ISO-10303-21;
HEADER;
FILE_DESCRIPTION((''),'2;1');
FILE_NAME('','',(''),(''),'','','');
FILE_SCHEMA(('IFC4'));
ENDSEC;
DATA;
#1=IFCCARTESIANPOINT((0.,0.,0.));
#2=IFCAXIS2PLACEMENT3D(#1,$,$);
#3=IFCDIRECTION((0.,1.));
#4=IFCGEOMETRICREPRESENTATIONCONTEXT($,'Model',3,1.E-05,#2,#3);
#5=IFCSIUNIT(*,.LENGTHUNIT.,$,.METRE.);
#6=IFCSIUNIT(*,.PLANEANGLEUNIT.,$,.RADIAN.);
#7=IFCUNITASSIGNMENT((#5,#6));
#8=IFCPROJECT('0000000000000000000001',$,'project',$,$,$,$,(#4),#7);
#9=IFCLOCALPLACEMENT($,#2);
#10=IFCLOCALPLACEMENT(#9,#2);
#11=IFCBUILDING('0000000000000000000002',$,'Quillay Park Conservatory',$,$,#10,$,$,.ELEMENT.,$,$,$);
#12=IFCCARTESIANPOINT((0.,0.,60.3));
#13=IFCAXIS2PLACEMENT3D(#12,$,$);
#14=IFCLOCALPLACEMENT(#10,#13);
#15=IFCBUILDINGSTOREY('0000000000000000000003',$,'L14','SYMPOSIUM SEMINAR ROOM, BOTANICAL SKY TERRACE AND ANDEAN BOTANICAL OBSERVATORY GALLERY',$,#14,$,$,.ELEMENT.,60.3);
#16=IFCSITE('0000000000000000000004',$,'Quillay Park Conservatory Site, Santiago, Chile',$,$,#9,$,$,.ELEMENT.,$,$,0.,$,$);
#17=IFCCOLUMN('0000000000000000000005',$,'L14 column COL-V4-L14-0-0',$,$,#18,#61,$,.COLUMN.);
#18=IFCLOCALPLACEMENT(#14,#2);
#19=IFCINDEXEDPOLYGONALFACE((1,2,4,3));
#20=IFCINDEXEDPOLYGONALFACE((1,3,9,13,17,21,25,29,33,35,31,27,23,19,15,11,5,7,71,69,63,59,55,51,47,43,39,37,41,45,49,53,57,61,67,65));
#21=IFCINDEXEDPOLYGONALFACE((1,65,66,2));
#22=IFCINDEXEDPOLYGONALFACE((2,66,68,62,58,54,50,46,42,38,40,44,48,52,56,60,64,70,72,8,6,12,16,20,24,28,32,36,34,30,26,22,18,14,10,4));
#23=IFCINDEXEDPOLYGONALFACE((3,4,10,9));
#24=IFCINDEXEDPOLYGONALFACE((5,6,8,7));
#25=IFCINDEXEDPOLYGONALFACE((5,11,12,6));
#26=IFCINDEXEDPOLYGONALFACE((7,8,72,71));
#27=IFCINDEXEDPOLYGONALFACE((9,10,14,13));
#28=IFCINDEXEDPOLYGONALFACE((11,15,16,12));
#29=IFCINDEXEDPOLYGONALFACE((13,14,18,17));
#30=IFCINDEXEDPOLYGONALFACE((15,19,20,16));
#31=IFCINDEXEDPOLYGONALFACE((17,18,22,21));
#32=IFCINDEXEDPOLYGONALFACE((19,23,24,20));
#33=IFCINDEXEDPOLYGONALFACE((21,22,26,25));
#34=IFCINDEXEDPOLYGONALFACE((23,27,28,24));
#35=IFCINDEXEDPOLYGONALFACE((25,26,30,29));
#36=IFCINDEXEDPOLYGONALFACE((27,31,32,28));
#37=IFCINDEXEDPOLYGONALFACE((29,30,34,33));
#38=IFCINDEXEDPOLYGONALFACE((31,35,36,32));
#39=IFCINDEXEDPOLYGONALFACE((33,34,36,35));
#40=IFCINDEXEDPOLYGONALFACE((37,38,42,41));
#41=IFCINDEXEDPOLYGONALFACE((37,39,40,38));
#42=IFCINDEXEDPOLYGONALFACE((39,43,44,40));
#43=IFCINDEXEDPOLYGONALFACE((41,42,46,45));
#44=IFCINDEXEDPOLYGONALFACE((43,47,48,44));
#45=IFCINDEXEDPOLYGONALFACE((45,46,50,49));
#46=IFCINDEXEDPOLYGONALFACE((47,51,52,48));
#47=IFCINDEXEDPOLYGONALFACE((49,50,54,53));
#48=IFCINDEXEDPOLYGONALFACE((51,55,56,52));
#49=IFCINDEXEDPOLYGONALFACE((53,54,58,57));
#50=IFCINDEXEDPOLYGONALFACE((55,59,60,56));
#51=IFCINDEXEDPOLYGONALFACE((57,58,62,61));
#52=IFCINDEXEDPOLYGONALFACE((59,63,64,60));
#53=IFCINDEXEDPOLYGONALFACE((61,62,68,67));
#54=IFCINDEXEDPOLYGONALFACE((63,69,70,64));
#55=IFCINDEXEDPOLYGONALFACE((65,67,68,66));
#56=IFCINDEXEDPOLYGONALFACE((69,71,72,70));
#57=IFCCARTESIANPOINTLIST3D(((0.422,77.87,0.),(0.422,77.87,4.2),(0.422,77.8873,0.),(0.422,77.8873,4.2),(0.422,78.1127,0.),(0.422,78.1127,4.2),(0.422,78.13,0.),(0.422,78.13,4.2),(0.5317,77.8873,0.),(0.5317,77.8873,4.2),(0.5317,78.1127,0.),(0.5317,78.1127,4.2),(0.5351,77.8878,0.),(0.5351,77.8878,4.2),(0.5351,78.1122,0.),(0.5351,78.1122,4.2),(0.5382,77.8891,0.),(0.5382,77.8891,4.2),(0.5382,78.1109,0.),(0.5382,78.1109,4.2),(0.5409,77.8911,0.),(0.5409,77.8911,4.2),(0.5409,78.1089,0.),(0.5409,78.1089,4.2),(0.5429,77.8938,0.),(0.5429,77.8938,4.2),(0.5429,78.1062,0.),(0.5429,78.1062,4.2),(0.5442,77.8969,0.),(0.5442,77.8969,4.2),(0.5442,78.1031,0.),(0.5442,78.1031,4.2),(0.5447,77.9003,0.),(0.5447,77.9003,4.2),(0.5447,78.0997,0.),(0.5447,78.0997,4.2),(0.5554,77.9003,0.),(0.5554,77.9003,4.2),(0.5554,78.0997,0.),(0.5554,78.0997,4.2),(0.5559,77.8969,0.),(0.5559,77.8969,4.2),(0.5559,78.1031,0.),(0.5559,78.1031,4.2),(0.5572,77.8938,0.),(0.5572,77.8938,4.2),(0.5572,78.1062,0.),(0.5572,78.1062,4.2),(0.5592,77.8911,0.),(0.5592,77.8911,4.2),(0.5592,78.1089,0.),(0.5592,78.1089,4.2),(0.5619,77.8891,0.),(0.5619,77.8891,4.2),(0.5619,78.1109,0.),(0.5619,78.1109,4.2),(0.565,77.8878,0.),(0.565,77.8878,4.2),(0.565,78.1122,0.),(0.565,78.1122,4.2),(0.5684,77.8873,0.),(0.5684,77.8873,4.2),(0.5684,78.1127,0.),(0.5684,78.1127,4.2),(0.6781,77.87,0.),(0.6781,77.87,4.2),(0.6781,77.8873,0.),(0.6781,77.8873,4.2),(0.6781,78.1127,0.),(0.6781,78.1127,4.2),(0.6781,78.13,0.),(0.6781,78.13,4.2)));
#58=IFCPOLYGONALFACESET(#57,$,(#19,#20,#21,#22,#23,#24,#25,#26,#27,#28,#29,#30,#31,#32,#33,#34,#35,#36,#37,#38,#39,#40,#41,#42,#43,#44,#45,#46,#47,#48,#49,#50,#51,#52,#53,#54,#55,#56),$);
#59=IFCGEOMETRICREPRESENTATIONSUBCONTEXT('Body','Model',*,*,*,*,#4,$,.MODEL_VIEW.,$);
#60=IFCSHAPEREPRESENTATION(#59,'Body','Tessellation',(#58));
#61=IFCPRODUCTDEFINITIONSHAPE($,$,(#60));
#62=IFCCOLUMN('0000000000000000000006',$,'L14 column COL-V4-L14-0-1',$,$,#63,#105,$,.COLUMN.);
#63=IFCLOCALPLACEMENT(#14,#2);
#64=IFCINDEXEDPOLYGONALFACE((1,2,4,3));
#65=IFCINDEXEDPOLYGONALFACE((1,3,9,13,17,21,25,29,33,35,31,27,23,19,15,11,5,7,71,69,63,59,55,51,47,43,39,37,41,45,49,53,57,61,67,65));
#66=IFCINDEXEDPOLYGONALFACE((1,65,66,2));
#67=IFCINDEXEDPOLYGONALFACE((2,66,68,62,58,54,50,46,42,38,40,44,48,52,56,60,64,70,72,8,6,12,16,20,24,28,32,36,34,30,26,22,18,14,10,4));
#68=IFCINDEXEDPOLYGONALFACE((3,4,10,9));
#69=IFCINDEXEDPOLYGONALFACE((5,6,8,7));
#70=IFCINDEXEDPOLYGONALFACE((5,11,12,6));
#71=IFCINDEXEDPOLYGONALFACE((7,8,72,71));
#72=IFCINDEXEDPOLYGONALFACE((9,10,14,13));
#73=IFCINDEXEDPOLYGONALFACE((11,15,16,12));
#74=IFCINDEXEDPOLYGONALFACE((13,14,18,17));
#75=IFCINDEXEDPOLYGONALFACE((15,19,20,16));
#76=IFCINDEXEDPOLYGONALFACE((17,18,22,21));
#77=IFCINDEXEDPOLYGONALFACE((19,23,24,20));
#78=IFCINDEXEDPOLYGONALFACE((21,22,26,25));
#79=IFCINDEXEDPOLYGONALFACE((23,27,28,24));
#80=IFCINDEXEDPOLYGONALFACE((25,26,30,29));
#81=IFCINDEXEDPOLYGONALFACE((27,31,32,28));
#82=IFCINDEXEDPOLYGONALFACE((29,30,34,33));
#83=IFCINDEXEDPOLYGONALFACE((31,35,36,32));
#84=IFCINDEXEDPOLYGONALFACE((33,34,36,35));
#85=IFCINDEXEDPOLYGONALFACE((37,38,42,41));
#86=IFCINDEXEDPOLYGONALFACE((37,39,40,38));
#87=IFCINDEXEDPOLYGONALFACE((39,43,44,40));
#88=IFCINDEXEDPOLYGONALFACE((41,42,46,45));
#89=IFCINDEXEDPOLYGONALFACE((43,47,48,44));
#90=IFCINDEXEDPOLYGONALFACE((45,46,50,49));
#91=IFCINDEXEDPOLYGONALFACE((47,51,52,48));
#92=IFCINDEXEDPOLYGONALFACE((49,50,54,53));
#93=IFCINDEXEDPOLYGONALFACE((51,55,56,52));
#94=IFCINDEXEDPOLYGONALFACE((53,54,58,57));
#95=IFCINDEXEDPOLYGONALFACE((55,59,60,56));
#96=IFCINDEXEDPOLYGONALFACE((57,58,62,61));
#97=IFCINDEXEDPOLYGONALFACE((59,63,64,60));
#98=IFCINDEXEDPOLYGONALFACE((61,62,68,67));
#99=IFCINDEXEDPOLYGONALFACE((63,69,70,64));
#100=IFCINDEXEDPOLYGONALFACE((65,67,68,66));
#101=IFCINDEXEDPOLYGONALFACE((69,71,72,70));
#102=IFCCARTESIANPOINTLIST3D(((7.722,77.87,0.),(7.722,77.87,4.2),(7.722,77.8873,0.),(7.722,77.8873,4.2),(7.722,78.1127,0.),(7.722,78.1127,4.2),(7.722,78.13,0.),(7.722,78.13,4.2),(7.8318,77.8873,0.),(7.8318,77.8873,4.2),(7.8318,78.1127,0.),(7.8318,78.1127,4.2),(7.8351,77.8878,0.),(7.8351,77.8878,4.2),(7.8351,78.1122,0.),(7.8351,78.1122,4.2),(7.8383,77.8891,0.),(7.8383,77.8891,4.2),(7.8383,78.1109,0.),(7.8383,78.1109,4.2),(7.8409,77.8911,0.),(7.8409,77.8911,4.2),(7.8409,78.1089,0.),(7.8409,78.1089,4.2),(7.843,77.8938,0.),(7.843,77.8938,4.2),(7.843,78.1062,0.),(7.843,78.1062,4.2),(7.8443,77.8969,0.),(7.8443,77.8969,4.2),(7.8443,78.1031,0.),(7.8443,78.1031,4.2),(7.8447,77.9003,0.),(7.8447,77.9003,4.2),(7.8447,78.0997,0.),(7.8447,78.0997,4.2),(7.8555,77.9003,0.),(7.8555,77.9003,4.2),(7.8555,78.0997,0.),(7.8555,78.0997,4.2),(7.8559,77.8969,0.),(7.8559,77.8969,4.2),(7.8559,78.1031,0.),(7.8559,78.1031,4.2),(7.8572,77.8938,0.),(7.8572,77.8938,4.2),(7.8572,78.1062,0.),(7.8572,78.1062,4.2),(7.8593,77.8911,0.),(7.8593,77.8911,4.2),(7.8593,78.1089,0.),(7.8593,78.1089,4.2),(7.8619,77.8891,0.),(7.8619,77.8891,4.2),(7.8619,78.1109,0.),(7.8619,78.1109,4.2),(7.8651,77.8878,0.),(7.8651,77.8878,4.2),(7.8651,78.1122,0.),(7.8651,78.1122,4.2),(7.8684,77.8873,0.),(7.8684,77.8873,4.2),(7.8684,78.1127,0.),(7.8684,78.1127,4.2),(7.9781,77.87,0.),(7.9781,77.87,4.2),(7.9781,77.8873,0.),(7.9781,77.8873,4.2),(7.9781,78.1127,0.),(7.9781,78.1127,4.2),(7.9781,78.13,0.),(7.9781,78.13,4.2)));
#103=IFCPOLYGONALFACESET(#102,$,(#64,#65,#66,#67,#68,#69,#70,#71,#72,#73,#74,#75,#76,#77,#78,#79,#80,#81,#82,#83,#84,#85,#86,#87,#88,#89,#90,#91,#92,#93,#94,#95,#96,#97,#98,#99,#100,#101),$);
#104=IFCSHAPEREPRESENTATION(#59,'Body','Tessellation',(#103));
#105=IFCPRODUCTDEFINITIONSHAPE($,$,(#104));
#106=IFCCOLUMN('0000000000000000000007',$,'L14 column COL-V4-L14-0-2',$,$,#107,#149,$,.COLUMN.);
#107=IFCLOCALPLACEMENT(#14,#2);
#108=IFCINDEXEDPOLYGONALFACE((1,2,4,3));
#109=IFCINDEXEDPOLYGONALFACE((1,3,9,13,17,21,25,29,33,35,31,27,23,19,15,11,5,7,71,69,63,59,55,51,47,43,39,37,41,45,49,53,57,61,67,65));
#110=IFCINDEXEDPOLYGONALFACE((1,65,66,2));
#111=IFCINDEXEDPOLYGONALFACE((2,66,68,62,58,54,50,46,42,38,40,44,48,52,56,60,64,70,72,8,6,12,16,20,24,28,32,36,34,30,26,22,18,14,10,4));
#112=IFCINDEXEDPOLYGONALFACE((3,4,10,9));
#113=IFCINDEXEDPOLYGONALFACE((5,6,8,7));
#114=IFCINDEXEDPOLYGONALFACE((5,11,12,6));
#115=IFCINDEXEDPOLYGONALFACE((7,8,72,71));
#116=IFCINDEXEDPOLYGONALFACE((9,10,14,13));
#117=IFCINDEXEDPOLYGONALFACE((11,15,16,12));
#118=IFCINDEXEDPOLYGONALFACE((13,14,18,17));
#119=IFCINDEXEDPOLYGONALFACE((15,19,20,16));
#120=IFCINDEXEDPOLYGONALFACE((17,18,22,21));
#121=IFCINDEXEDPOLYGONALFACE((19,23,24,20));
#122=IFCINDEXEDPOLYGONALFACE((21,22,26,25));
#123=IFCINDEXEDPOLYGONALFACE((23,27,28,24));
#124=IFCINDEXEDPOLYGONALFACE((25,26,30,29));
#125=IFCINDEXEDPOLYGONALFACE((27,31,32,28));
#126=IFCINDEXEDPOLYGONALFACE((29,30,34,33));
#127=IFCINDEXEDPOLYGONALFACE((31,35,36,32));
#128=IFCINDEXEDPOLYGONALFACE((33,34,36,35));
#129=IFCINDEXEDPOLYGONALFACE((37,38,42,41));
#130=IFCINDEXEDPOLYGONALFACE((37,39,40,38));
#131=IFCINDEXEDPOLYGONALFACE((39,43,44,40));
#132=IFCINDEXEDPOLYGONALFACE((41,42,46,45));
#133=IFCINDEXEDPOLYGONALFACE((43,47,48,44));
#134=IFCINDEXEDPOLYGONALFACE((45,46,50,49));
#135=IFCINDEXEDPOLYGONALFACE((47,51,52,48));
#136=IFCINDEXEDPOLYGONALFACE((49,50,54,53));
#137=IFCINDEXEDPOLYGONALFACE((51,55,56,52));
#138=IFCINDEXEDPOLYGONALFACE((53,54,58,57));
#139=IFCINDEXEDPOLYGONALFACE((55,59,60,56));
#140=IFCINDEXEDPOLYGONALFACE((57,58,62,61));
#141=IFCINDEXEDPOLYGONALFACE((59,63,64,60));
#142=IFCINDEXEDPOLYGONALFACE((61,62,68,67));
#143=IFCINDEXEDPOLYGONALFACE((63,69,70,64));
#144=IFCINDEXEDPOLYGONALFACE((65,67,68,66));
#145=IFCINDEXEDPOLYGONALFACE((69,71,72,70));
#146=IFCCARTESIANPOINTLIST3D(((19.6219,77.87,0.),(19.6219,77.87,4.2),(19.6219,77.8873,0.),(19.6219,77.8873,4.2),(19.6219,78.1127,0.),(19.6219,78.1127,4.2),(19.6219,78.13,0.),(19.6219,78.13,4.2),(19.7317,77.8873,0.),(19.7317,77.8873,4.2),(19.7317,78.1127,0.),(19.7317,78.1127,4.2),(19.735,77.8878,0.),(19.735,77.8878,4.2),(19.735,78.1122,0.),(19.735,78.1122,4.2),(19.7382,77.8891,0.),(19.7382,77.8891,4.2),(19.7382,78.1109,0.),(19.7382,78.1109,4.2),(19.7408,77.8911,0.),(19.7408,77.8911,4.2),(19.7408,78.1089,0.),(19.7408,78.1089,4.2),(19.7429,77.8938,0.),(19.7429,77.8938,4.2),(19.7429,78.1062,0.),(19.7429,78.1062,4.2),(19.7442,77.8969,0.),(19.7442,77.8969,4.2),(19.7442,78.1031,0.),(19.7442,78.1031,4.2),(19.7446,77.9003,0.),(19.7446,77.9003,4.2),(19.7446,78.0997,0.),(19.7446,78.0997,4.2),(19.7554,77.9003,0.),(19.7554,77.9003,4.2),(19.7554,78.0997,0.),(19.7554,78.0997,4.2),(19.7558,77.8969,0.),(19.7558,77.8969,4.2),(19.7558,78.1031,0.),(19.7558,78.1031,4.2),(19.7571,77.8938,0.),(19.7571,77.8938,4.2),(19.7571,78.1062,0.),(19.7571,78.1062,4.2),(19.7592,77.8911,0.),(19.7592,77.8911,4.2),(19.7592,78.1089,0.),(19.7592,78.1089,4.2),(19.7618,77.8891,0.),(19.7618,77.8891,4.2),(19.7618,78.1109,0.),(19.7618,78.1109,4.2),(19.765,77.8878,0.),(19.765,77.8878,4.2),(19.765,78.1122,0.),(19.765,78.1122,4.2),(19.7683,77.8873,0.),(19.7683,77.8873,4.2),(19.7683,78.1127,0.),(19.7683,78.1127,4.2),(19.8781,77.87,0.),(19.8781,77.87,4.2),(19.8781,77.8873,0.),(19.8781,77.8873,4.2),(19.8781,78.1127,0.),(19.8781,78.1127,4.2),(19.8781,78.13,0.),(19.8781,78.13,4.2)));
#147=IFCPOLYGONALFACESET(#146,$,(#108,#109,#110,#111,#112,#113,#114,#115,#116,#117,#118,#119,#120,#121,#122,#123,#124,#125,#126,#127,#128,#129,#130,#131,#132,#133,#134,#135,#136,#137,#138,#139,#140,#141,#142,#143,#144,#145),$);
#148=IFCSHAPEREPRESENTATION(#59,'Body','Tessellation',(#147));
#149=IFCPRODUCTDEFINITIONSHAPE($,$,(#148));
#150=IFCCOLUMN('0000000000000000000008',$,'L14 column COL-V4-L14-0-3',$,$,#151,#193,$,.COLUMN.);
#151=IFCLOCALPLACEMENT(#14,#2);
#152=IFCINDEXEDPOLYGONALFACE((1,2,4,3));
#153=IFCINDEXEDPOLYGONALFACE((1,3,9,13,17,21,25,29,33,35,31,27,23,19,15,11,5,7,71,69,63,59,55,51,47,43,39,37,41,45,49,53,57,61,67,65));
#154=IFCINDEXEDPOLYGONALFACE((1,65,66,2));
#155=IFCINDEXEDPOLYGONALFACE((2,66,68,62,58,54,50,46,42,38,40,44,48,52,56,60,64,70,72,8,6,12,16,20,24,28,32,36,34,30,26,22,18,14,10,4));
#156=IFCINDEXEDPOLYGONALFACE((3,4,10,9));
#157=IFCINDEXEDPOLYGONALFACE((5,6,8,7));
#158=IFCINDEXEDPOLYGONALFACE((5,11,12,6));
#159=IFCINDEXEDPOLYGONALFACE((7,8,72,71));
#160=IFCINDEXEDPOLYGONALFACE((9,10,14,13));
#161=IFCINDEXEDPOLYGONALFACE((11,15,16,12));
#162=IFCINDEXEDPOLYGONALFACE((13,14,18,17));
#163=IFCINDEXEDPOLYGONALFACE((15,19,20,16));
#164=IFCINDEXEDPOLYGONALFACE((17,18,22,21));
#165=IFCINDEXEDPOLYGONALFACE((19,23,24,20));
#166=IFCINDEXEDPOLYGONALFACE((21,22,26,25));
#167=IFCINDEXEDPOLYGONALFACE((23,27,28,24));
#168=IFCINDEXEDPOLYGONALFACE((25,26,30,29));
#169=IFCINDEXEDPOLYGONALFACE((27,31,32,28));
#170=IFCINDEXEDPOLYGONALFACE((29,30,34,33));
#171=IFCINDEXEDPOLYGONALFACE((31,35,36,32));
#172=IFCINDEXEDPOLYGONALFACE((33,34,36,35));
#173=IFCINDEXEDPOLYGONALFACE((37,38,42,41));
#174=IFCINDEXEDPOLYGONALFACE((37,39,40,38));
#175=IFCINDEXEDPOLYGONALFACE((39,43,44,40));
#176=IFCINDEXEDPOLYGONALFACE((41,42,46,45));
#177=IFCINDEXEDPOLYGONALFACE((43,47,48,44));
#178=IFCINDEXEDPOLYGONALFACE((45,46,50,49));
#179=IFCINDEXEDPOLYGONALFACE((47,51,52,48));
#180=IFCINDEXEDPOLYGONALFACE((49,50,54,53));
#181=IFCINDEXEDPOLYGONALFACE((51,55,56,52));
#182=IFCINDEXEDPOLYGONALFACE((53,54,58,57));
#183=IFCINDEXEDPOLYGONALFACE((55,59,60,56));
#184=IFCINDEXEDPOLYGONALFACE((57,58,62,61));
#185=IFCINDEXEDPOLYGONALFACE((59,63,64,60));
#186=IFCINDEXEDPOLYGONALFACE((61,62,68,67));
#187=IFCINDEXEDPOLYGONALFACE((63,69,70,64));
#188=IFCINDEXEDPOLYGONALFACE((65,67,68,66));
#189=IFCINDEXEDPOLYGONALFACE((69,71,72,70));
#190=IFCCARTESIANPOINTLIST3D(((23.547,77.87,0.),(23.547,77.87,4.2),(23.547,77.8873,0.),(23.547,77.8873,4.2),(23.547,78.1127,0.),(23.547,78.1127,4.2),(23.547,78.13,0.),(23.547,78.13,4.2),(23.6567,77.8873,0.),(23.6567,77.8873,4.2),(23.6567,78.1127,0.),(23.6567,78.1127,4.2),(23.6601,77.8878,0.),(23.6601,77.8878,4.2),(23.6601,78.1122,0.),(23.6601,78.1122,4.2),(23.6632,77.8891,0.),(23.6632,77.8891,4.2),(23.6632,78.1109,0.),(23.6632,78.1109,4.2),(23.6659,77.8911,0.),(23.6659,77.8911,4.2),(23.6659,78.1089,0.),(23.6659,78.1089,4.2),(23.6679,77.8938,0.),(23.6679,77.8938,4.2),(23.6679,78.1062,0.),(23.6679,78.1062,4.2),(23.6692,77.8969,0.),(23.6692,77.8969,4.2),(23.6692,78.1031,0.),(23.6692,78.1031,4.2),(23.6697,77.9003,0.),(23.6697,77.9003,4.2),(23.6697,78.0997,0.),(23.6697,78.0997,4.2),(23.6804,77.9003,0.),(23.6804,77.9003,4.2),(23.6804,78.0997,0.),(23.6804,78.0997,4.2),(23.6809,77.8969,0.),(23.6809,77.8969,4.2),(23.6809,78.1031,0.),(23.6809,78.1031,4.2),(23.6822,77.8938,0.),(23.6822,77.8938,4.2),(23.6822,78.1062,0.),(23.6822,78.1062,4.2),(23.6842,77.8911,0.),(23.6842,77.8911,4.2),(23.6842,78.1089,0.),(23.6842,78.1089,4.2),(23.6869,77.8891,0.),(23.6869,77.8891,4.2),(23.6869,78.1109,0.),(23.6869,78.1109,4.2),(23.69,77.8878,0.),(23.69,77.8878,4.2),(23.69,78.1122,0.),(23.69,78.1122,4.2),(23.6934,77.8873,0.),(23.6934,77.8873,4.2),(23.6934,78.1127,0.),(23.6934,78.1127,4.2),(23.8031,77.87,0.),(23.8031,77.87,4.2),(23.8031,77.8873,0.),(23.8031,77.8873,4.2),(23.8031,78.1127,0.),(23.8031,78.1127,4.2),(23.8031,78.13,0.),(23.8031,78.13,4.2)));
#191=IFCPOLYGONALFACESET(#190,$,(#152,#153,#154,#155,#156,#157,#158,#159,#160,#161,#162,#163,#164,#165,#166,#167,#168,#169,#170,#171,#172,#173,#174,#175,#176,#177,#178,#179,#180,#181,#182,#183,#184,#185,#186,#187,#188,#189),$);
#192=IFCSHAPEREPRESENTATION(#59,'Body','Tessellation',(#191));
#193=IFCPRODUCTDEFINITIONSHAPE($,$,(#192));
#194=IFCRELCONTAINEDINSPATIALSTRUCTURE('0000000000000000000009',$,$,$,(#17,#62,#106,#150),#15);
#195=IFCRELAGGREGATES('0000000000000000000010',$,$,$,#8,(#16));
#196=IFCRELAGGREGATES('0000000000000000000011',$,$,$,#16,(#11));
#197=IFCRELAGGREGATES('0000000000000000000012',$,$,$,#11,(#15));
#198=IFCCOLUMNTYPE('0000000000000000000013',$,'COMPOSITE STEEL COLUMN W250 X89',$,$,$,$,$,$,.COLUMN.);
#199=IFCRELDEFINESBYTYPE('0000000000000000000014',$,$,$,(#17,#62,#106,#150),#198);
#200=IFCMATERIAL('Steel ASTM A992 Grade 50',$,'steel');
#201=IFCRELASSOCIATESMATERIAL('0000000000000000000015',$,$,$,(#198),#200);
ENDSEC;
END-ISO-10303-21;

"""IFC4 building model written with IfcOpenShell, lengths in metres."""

from ifc_helpers import new_model, si_unit, direction, frame, origin, origin_2d, place, context, subcontext, project, spatial, i_section, extrude, material, material_profile, profile_set, type_object, element, save


model = new_model("IFC4")

# Units and contexts
model_context = context("Model", 3, precision=1e-05, world=origin(), true_north=direction((0.0, 1.0)))
body_context = subcontext(model_context, "Body", "Model", "MODEL_VIEW")
ifc_project = project(units=[si_unit("LENGTHUNIT", "METRE"), si_unit("PLANEANGLEUNIT", "RADIAN")], contexts=[model_context])

# Site, building, storey
site_placement = place(None, origin())
site = spatial("IfcSite", under=ifc_project, at=site_placement, Name="Quillay Park Conservatory Site, Santiago, Chile", CompositionType="ELEMENT", RefElevation=0.0)
building_placement = place(site_placement, origin())
building = spatial("IfcBuilding", under=site, at=building_placement, Name="Quillay Park Conservatory", CompositionType="ELEMENT")
storey_placement = place(building_placement, frame((0.0, 0.0, 60.3)))
storey = spatial("IfcBuildingStorey", under=building, at=storey_placement, Name="L14", Description="SYMPOSIUM SEMINAR ROOM, BOTANICAL SKY TERRACE AND ANDEAN BOTANICAL OBSERVATORY GALLERY", CompositionType="ELEMENT", Elevation=60.3)

# Columns
ifc_material_1 = material(Name="Steel ASTM A992 Grade 50", Category="steel")
ifc_material_profile_1 = material_profile(ifc_material_1, i_section(OverallWidth=0.2561, OverallDepth=0.26, WebThickness=0.0107, FlangeThickness=0.0173, FilletRadius=0.0129, at=origin_2d()), Name="W250x89")
ifc_profile_set_1 = profile_set([ifc_material_profile_1], Name="Steel ASTM A992 Grade 50")
column_type = type_object("IfcColumnType", Name="COMPOSITE STEEL COLUMN W250 X89", PredefinedType="COLUMN", material=ifc_profile_set_1)
for number, where, z_axis, x_axis, name in (
    (1, (0.55, 78.0, 0.0), (0.0, 0.0, 1.0), (1.0, 0.0, 0.0), "L14 column COL-V4-L14-0-0"),
    (2, (7.8501, 78.0, 0.0), (0.0, 0.0, 1.0), (1.0, 0.0, 0.0), "L14 column COL-V4-L14-0-1"),
    (3, (19.75, 78.0, 0.0), (0.0, 0.0, 1.0), (1.0, 0.0, 0.0), "L14 column COL-V4-L14-0-2"),
    (4, (23.675, 78.0, 0.0), (0.0, 0.0, 1.0), (1.0, 0.0, 0.0), "L14 column COL-V4-L14-0-3"),
):
    element("IfcColumn", number, at=place(storey_placement, frame(where, z_axis=z_axis, x_axis=x_axis)), inside=storey, type_object=column_type, Name=name, PredefinedType="COLUMN", context=body_context, shape_type="SweptSolid", body=[
        extrude(i_section(OverallWidth=0.2561, OverallDepth=0.26, WebThickness=0.0107, FlangeThickness=0.0173, FilletRadius=0.0129, at=origin_2d()), origin(), (0.0, 0.0, 1.0), 4.2),
    ])

save(model, "model.ifc")
